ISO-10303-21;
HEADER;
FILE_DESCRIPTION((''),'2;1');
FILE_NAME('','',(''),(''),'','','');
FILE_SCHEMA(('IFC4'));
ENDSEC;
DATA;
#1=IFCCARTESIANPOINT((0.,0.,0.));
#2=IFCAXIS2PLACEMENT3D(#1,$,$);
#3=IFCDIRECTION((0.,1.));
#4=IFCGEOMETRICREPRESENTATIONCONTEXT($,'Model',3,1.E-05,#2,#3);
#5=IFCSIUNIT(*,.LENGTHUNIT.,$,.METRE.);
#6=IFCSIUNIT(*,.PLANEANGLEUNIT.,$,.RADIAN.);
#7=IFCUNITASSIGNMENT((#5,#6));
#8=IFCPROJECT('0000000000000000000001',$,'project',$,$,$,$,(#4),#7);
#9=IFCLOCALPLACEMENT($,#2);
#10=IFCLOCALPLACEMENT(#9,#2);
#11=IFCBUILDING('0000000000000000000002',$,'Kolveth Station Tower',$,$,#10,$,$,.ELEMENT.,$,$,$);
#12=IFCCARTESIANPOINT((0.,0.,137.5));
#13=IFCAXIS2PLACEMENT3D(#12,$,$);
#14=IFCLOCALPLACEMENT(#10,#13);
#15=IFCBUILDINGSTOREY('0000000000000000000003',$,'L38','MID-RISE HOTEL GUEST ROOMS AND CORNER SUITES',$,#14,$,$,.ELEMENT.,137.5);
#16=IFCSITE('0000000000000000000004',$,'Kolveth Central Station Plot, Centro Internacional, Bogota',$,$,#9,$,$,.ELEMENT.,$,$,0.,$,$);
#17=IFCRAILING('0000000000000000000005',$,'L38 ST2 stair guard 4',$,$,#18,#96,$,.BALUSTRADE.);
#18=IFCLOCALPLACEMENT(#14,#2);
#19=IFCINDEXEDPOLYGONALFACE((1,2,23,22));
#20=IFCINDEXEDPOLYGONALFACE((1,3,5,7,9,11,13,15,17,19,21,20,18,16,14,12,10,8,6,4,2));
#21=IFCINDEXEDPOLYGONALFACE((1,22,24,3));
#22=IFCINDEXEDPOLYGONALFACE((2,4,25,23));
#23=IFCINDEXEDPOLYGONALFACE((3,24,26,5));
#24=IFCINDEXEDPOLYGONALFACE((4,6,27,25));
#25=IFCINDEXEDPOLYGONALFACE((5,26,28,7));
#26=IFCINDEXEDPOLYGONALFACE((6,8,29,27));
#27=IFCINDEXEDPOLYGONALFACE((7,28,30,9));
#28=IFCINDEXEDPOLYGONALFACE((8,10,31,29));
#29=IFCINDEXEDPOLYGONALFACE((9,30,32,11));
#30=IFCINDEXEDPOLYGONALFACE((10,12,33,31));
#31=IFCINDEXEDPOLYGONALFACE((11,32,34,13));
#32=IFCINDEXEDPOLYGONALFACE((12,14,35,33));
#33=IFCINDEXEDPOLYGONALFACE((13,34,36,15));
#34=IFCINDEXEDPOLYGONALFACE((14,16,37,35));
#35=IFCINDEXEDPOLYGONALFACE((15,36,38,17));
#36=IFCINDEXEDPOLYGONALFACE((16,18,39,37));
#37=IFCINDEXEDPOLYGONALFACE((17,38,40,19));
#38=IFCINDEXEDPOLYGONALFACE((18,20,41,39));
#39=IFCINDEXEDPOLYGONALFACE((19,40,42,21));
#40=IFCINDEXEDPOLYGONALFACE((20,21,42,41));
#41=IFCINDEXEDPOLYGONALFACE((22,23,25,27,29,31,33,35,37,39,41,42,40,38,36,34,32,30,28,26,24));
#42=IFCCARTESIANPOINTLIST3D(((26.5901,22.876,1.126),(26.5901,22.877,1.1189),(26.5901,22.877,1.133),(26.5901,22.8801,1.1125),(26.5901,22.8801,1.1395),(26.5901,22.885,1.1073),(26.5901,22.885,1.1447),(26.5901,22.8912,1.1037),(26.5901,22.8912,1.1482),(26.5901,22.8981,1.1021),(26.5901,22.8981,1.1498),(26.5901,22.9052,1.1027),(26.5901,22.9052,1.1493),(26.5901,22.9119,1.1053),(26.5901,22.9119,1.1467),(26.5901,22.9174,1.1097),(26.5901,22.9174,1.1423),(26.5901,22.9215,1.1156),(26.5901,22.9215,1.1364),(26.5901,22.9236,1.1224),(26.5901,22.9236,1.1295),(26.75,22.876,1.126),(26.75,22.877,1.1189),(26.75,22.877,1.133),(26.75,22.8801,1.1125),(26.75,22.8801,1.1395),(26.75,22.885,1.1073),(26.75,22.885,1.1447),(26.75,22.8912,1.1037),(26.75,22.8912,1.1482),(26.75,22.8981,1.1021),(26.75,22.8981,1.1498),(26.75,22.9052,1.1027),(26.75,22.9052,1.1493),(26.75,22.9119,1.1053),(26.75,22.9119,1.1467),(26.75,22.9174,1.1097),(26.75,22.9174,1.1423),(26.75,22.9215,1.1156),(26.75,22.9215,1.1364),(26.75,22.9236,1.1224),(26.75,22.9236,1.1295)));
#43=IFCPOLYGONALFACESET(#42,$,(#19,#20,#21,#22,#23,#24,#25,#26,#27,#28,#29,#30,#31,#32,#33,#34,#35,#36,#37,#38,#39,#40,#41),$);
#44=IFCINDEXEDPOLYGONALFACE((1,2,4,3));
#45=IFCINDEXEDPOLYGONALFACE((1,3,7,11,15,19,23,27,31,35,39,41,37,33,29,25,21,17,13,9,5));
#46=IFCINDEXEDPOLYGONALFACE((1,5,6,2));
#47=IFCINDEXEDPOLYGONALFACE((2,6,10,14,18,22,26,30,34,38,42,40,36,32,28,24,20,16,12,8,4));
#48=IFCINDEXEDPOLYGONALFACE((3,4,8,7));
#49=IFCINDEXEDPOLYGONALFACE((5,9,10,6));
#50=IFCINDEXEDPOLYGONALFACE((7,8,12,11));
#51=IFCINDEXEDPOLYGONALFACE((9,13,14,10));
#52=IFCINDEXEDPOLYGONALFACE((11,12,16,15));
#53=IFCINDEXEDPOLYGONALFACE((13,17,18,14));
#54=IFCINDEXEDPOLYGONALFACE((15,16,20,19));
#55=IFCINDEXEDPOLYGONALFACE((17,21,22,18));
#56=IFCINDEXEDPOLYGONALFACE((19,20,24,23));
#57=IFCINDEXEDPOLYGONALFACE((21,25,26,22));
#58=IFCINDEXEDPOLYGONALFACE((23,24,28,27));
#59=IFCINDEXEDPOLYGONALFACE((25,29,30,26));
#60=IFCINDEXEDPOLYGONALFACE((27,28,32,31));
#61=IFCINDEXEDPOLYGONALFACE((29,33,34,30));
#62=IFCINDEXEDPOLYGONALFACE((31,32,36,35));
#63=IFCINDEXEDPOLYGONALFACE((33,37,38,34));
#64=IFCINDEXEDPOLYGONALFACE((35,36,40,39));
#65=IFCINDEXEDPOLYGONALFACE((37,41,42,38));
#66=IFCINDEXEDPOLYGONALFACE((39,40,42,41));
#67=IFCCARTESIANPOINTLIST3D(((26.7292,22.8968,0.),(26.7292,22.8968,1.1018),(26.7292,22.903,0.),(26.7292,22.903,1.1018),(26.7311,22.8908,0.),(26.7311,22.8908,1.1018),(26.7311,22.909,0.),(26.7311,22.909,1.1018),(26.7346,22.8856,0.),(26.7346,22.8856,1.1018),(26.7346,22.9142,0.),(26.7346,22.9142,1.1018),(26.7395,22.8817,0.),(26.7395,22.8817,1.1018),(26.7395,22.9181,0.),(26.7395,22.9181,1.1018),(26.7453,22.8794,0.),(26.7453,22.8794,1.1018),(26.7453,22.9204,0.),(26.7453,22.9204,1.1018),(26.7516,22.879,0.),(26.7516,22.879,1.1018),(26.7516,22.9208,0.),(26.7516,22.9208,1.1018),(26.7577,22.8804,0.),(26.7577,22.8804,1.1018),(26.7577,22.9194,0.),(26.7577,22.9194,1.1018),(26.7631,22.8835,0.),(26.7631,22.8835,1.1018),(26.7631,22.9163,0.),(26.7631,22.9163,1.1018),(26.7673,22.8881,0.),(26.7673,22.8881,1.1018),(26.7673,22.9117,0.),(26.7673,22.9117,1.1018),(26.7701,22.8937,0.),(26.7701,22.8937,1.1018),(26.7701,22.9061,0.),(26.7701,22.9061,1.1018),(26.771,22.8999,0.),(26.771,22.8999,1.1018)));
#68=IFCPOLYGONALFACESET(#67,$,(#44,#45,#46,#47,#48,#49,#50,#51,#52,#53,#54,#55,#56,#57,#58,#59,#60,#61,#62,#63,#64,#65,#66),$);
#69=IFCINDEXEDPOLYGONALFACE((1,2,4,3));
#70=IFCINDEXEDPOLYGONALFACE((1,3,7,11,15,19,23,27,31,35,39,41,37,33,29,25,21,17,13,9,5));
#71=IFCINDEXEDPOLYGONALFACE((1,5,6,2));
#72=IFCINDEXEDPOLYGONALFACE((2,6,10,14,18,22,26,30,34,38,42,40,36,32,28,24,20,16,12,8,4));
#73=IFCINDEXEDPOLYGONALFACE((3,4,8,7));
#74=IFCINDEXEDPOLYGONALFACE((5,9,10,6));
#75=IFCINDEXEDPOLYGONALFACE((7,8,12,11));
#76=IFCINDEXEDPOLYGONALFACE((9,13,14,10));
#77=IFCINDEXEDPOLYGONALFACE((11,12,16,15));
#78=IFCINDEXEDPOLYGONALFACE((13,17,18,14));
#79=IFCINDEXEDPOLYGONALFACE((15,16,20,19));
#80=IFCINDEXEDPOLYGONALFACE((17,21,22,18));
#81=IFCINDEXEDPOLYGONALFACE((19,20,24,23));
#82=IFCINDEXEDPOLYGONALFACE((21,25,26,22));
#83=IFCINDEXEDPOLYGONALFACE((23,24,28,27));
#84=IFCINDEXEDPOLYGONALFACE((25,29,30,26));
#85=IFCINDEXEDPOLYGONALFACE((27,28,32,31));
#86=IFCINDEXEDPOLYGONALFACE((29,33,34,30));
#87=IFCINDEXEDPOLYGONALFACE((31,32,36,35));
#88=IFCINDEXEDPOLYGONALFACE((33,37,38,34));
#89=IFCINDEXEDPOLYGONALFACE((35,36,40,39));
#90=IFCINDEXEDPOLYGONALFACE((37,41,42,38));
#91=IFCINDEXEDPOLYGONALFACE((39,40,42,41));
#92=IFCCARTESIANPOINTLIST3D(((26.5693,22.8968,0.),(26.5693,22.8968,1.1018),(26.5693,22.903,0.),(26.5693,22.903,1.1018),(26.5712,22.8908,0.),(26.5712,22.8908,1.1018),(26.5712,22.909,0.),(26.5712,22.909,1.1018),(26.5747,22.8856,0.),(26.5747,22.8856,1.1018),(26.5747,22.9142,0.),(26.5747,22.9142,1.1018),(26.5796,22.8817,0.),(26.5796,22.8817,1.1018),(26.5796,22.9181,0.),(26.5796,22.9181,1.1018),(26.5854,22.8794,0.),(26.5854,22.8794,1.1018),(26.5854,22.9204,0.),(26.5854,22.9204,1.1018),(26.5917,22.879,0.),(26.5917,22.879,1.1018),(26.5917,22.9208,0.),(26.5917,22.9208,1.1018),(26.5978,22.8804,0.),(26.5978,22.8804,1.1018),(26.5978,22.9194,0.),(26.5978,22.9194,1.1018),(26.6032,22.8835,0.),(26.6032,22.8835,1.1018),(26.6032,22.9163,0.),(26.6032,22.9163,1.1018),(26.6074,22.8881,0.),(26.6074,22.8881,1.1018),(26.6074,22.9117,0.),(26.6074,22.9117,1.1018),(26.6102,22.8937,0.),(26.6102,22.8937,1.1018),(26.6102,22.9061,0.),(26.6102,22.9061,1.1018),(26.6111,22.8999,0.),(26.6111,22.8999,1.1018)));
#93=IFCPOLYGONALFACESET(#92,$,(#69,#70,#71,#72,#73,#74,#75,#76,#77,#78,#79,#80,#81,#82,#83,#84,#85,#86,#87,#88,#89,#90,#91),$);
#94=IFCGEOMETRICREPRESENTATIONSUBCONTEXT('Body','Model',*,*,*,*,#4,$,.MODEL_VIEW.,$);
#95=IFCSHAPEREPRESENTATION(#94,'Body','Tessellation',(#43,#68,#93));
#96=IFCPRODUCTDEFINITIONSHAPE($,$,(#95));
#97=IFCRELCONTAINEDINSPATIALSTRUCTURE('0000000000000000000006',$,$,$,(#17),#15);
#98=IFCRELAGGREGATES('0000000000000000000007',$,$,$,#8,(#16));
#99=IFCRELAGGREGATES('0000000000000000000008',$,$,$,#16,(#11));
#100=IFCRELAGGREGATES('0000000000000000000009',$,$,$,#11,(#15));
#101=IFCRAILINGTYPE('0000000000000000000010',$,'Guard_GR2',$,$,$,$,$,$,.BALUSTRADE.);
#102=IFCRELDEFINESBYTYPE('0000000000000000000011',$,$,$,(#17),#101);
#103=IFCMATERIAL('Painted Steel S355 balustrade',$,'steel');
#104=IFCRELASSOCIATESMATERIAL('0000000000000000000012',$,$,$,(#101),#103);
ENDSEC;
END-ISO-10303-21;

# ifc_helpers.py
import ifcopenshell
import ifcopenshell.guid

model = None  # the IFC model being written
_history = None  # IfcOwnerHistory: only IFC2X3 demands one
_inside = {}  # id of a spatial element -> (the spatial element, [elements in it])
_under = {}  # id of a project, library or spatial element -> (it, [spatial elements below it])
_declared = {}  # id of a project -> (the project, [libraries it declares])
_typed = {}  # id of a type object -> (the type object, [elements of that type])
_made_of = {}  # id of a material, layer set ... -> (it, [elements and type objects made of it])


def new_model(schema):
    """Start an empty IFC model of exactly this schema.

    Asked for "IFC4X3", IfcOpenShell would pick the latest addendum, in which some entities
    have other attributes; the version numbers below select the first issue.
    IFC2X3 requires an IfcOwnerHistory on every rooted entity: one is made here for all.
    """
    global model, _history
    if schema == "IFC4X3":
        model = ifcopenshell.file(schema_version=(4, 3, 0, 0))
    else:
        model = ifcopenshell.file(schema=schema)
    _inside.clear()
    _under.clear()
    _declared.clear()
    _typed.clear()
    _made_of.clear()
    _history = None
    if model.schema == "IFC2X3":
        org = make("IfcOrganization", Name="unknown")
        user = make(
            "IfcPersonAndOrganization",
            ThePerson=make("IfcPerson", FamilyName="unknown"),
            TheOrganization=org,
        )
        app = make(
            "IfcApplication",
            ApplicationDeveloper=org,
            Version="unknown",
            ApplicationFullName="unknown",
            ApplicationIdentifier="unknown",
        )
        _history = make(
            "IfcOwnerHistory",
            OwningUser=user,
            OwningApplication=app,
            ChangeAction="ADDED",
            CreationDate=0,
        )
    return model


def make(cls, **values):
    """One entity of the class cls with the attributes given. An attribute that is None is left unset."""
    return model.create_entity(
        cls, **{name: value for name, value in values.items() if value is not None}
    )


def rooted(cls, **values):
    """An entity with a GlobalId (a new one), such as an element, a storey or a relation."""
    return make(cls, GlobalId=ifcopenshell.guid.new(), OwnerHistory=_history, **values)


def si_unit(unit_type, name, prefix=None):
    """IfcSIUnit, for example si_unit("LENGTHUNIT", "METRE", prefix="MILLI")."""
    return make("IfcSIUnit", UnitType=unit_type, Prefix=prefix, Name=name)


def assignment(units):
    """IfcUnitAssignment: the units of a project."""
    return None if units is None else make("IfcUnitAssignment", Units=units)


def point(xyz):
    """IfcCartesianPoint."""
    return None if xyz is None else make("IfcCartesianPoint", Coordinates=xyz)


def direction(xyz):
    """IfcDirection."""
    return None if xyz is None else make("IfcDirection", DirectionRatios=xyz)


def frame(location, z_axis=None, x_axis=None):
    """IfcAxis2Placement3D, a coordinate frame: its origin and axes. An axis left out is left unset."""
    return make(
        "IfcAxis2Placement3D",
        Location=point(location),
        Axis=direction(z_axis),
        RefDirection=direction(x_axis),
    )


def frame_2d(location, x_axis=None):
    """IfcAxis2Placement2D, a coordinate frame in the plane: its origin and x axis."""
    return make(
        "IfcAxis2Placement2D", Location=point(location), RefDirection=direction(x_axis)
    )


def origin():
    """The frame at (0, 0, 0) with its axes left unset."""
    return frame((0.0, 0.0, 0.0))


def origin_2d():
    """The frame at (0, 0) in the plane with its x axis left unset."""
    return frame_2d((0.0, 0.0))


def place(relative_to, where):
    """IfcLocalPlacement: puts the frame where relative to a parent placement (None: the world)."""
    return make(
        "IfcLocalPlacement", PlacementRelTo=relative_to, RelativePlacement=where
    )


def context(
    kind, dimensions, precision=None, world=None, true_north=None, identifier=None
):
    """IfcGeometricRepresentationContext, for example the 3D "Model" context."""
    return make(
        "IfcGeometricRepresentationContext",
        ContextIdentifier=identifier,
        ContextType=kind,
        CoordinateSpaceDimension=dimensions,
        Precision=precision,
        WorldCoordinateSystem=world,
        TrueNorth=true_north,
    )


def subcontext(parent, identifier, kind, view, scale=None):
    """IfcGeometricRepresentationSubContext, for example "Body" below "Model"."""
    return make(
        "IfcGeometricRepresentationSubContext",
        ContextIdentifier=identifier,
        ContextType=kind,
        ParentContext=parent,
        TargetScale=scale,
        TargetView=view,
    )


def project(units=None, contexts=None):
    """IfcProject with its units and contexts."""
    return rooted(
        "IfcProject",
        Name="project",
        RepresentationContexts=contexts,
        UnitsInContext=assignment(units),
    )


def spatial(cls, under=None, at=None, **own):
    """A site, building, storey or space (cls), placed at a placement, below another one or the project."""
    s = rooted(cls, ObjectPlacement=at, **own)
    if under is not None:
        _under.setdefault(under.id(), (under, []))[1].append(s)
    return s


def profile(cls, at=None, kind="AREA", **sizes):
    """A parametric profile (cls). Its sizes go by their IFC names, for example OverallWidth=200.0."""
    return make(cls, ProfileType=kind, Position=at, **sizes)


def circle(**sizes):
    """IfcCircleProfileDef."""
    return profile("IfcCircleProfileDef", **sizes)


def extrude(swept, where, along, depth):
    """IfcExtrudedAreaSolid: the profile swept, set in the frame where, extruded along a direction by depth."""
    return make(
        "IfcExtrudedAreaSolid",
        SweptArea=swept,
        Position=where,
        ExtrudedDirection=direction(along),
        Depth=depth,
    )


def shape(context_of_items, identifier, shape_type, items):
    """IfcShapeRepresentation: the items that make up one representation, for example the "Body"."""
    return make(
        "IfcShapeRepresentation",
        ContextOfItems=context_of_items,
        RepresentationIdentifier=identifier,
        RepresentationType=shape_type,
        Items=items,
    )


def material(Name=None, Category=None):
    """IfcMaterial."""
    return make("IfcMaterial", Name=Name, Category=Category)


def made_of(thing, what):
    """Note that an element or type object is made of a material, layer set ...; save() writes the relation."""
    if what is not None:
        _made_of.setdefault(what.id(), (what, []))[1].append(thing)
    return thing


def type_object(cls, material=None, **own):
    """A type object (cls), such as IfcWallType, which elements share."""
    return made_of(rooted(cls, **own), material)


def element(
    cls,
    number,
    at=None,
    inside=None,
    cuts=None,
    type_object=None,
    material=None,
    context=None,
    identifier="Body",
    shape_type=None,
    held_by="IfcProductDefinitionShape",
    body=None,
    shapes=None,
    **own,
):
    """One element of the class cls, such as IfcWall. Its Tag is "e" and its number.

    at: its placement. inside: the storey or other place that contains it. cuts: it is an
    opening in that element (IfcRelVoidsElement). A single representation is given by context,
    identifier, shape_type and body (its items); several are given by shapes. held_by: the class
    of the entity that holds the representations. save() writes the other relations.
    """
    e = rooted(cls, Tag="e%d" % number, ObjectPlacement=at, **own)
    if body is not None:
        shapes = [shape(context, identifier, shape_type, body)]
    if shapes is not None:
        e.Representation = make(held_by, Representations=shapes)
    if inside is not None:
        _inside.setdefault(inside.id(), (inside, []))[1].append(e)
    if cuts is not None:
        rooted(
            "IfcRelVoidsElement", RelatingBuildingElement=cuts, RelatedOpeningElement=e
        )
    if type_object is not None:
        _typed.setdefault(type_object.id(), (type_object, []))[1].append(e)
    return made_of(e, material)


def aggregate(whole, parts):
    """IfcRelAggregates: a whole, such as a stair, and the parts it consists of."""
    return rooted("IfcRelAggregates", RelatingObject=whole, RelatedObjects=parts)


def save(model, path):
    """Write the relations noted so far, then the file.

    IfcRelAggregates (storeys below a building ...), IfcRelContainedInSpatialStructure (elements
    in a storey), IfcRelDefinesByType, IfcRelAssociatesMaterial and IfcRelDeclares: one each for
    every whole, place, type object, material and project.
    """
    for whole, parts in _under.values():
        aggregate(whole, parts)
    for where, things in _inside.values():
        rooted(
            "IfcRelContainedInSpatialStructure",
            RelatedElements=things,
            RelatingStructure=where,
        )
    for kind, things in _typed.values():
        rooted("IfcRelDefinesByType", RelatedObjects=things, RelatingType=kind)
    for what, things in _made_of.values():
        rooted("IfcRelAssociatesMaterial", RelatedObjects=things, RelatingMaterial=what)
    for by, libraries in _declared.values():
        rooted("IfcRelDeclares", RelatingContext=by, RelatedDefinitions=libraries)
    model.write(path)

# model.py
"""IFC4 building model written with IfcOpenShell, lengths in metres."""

from ifc_helpers import new_model, si_unit, direction, frame, origin, origin_2d, place, context, subcontext, project, spatial, circle, extrude, material, type_object, element, save


model = new_model("IFC4")

# Units and contexts
model_context = context("Model", 3, precision=1e-05, world=origin(), true_north=direction((0.0, 1.0)))
body_context = subcontext(model_context, "Body", "Model", "MODEL_VIEW")
ifc_project = project(units=[si_unit("LENGTHUNIT", "METRE"), si_unit("PLANEANGLEUNIT", "RADIAN")], contexts=[model_context])

# Site, building, storey
site_placement = place(None, origin())
site = spatial("IfcSite", under=ifc_project, at=site_placement, Name="Kolveth Central Station Plot, Centro Internacional, Bogota", CompositionType="ELEMENT", RefElevation=0.0)
building_placement = place(site_placement, origin())
building = spatial("IfcBuilding", under=site, at=building_placement, Name="Kolveth Station Tower", CompositionType="ELEMENT")
storey_placement = place(building_placement, frame((0.0, 0.0, 137.5)))
storey = spatial("IfcBuildingStorey", under=building, at=storey_placement, Name="L38", Description="MID-RISE HOTEL GUEST ROOMS AND CORNER SUITES", CompositionType="ELEMENT", Elevation=137.5)

# Railing
ifc_material_1 = material(Name="Painted Steel S355 balustrade", Category="steel")
railing_type_1 = type_object("IfcRailingType", Name="Guard_GR2", PredefinedType="BALUSTRADE", material=ifc_material_1)
railing_1_placement = place(storey_placement, frame((26.75, 22.8999, 0.0)))
element("IfcRailing", 1, at=railing_1_placement, inside=storey, type_object=railing_type_1, Name="L38 ST2 stair guard 4", PredefinedType="BALUSTRADE", context=body_context, shape_type="SweptSolid", body=[
    extrude(circle(Radius=0.0239, at=origin_2d()), frame((0.0, 0.0, 1.126), z_axis=(-1.0, 0.0, 0.0), x_axis=(0.0, -1.0, 0.0)), (0.0, 0.0, 1.0), 0.1599),
    extrude(circle(Radius=0.021, at=origin_2d()), origin(), (0.0, 0.0, 1.0), 1.1018),
    extrude(circle(Radius=0.021, at=origin_2d()), frame((-0.1599, 0.0, 0.0)), (0.0, 0.0, 1.0), 1.1018),
])

save(model, "model.ifc")
